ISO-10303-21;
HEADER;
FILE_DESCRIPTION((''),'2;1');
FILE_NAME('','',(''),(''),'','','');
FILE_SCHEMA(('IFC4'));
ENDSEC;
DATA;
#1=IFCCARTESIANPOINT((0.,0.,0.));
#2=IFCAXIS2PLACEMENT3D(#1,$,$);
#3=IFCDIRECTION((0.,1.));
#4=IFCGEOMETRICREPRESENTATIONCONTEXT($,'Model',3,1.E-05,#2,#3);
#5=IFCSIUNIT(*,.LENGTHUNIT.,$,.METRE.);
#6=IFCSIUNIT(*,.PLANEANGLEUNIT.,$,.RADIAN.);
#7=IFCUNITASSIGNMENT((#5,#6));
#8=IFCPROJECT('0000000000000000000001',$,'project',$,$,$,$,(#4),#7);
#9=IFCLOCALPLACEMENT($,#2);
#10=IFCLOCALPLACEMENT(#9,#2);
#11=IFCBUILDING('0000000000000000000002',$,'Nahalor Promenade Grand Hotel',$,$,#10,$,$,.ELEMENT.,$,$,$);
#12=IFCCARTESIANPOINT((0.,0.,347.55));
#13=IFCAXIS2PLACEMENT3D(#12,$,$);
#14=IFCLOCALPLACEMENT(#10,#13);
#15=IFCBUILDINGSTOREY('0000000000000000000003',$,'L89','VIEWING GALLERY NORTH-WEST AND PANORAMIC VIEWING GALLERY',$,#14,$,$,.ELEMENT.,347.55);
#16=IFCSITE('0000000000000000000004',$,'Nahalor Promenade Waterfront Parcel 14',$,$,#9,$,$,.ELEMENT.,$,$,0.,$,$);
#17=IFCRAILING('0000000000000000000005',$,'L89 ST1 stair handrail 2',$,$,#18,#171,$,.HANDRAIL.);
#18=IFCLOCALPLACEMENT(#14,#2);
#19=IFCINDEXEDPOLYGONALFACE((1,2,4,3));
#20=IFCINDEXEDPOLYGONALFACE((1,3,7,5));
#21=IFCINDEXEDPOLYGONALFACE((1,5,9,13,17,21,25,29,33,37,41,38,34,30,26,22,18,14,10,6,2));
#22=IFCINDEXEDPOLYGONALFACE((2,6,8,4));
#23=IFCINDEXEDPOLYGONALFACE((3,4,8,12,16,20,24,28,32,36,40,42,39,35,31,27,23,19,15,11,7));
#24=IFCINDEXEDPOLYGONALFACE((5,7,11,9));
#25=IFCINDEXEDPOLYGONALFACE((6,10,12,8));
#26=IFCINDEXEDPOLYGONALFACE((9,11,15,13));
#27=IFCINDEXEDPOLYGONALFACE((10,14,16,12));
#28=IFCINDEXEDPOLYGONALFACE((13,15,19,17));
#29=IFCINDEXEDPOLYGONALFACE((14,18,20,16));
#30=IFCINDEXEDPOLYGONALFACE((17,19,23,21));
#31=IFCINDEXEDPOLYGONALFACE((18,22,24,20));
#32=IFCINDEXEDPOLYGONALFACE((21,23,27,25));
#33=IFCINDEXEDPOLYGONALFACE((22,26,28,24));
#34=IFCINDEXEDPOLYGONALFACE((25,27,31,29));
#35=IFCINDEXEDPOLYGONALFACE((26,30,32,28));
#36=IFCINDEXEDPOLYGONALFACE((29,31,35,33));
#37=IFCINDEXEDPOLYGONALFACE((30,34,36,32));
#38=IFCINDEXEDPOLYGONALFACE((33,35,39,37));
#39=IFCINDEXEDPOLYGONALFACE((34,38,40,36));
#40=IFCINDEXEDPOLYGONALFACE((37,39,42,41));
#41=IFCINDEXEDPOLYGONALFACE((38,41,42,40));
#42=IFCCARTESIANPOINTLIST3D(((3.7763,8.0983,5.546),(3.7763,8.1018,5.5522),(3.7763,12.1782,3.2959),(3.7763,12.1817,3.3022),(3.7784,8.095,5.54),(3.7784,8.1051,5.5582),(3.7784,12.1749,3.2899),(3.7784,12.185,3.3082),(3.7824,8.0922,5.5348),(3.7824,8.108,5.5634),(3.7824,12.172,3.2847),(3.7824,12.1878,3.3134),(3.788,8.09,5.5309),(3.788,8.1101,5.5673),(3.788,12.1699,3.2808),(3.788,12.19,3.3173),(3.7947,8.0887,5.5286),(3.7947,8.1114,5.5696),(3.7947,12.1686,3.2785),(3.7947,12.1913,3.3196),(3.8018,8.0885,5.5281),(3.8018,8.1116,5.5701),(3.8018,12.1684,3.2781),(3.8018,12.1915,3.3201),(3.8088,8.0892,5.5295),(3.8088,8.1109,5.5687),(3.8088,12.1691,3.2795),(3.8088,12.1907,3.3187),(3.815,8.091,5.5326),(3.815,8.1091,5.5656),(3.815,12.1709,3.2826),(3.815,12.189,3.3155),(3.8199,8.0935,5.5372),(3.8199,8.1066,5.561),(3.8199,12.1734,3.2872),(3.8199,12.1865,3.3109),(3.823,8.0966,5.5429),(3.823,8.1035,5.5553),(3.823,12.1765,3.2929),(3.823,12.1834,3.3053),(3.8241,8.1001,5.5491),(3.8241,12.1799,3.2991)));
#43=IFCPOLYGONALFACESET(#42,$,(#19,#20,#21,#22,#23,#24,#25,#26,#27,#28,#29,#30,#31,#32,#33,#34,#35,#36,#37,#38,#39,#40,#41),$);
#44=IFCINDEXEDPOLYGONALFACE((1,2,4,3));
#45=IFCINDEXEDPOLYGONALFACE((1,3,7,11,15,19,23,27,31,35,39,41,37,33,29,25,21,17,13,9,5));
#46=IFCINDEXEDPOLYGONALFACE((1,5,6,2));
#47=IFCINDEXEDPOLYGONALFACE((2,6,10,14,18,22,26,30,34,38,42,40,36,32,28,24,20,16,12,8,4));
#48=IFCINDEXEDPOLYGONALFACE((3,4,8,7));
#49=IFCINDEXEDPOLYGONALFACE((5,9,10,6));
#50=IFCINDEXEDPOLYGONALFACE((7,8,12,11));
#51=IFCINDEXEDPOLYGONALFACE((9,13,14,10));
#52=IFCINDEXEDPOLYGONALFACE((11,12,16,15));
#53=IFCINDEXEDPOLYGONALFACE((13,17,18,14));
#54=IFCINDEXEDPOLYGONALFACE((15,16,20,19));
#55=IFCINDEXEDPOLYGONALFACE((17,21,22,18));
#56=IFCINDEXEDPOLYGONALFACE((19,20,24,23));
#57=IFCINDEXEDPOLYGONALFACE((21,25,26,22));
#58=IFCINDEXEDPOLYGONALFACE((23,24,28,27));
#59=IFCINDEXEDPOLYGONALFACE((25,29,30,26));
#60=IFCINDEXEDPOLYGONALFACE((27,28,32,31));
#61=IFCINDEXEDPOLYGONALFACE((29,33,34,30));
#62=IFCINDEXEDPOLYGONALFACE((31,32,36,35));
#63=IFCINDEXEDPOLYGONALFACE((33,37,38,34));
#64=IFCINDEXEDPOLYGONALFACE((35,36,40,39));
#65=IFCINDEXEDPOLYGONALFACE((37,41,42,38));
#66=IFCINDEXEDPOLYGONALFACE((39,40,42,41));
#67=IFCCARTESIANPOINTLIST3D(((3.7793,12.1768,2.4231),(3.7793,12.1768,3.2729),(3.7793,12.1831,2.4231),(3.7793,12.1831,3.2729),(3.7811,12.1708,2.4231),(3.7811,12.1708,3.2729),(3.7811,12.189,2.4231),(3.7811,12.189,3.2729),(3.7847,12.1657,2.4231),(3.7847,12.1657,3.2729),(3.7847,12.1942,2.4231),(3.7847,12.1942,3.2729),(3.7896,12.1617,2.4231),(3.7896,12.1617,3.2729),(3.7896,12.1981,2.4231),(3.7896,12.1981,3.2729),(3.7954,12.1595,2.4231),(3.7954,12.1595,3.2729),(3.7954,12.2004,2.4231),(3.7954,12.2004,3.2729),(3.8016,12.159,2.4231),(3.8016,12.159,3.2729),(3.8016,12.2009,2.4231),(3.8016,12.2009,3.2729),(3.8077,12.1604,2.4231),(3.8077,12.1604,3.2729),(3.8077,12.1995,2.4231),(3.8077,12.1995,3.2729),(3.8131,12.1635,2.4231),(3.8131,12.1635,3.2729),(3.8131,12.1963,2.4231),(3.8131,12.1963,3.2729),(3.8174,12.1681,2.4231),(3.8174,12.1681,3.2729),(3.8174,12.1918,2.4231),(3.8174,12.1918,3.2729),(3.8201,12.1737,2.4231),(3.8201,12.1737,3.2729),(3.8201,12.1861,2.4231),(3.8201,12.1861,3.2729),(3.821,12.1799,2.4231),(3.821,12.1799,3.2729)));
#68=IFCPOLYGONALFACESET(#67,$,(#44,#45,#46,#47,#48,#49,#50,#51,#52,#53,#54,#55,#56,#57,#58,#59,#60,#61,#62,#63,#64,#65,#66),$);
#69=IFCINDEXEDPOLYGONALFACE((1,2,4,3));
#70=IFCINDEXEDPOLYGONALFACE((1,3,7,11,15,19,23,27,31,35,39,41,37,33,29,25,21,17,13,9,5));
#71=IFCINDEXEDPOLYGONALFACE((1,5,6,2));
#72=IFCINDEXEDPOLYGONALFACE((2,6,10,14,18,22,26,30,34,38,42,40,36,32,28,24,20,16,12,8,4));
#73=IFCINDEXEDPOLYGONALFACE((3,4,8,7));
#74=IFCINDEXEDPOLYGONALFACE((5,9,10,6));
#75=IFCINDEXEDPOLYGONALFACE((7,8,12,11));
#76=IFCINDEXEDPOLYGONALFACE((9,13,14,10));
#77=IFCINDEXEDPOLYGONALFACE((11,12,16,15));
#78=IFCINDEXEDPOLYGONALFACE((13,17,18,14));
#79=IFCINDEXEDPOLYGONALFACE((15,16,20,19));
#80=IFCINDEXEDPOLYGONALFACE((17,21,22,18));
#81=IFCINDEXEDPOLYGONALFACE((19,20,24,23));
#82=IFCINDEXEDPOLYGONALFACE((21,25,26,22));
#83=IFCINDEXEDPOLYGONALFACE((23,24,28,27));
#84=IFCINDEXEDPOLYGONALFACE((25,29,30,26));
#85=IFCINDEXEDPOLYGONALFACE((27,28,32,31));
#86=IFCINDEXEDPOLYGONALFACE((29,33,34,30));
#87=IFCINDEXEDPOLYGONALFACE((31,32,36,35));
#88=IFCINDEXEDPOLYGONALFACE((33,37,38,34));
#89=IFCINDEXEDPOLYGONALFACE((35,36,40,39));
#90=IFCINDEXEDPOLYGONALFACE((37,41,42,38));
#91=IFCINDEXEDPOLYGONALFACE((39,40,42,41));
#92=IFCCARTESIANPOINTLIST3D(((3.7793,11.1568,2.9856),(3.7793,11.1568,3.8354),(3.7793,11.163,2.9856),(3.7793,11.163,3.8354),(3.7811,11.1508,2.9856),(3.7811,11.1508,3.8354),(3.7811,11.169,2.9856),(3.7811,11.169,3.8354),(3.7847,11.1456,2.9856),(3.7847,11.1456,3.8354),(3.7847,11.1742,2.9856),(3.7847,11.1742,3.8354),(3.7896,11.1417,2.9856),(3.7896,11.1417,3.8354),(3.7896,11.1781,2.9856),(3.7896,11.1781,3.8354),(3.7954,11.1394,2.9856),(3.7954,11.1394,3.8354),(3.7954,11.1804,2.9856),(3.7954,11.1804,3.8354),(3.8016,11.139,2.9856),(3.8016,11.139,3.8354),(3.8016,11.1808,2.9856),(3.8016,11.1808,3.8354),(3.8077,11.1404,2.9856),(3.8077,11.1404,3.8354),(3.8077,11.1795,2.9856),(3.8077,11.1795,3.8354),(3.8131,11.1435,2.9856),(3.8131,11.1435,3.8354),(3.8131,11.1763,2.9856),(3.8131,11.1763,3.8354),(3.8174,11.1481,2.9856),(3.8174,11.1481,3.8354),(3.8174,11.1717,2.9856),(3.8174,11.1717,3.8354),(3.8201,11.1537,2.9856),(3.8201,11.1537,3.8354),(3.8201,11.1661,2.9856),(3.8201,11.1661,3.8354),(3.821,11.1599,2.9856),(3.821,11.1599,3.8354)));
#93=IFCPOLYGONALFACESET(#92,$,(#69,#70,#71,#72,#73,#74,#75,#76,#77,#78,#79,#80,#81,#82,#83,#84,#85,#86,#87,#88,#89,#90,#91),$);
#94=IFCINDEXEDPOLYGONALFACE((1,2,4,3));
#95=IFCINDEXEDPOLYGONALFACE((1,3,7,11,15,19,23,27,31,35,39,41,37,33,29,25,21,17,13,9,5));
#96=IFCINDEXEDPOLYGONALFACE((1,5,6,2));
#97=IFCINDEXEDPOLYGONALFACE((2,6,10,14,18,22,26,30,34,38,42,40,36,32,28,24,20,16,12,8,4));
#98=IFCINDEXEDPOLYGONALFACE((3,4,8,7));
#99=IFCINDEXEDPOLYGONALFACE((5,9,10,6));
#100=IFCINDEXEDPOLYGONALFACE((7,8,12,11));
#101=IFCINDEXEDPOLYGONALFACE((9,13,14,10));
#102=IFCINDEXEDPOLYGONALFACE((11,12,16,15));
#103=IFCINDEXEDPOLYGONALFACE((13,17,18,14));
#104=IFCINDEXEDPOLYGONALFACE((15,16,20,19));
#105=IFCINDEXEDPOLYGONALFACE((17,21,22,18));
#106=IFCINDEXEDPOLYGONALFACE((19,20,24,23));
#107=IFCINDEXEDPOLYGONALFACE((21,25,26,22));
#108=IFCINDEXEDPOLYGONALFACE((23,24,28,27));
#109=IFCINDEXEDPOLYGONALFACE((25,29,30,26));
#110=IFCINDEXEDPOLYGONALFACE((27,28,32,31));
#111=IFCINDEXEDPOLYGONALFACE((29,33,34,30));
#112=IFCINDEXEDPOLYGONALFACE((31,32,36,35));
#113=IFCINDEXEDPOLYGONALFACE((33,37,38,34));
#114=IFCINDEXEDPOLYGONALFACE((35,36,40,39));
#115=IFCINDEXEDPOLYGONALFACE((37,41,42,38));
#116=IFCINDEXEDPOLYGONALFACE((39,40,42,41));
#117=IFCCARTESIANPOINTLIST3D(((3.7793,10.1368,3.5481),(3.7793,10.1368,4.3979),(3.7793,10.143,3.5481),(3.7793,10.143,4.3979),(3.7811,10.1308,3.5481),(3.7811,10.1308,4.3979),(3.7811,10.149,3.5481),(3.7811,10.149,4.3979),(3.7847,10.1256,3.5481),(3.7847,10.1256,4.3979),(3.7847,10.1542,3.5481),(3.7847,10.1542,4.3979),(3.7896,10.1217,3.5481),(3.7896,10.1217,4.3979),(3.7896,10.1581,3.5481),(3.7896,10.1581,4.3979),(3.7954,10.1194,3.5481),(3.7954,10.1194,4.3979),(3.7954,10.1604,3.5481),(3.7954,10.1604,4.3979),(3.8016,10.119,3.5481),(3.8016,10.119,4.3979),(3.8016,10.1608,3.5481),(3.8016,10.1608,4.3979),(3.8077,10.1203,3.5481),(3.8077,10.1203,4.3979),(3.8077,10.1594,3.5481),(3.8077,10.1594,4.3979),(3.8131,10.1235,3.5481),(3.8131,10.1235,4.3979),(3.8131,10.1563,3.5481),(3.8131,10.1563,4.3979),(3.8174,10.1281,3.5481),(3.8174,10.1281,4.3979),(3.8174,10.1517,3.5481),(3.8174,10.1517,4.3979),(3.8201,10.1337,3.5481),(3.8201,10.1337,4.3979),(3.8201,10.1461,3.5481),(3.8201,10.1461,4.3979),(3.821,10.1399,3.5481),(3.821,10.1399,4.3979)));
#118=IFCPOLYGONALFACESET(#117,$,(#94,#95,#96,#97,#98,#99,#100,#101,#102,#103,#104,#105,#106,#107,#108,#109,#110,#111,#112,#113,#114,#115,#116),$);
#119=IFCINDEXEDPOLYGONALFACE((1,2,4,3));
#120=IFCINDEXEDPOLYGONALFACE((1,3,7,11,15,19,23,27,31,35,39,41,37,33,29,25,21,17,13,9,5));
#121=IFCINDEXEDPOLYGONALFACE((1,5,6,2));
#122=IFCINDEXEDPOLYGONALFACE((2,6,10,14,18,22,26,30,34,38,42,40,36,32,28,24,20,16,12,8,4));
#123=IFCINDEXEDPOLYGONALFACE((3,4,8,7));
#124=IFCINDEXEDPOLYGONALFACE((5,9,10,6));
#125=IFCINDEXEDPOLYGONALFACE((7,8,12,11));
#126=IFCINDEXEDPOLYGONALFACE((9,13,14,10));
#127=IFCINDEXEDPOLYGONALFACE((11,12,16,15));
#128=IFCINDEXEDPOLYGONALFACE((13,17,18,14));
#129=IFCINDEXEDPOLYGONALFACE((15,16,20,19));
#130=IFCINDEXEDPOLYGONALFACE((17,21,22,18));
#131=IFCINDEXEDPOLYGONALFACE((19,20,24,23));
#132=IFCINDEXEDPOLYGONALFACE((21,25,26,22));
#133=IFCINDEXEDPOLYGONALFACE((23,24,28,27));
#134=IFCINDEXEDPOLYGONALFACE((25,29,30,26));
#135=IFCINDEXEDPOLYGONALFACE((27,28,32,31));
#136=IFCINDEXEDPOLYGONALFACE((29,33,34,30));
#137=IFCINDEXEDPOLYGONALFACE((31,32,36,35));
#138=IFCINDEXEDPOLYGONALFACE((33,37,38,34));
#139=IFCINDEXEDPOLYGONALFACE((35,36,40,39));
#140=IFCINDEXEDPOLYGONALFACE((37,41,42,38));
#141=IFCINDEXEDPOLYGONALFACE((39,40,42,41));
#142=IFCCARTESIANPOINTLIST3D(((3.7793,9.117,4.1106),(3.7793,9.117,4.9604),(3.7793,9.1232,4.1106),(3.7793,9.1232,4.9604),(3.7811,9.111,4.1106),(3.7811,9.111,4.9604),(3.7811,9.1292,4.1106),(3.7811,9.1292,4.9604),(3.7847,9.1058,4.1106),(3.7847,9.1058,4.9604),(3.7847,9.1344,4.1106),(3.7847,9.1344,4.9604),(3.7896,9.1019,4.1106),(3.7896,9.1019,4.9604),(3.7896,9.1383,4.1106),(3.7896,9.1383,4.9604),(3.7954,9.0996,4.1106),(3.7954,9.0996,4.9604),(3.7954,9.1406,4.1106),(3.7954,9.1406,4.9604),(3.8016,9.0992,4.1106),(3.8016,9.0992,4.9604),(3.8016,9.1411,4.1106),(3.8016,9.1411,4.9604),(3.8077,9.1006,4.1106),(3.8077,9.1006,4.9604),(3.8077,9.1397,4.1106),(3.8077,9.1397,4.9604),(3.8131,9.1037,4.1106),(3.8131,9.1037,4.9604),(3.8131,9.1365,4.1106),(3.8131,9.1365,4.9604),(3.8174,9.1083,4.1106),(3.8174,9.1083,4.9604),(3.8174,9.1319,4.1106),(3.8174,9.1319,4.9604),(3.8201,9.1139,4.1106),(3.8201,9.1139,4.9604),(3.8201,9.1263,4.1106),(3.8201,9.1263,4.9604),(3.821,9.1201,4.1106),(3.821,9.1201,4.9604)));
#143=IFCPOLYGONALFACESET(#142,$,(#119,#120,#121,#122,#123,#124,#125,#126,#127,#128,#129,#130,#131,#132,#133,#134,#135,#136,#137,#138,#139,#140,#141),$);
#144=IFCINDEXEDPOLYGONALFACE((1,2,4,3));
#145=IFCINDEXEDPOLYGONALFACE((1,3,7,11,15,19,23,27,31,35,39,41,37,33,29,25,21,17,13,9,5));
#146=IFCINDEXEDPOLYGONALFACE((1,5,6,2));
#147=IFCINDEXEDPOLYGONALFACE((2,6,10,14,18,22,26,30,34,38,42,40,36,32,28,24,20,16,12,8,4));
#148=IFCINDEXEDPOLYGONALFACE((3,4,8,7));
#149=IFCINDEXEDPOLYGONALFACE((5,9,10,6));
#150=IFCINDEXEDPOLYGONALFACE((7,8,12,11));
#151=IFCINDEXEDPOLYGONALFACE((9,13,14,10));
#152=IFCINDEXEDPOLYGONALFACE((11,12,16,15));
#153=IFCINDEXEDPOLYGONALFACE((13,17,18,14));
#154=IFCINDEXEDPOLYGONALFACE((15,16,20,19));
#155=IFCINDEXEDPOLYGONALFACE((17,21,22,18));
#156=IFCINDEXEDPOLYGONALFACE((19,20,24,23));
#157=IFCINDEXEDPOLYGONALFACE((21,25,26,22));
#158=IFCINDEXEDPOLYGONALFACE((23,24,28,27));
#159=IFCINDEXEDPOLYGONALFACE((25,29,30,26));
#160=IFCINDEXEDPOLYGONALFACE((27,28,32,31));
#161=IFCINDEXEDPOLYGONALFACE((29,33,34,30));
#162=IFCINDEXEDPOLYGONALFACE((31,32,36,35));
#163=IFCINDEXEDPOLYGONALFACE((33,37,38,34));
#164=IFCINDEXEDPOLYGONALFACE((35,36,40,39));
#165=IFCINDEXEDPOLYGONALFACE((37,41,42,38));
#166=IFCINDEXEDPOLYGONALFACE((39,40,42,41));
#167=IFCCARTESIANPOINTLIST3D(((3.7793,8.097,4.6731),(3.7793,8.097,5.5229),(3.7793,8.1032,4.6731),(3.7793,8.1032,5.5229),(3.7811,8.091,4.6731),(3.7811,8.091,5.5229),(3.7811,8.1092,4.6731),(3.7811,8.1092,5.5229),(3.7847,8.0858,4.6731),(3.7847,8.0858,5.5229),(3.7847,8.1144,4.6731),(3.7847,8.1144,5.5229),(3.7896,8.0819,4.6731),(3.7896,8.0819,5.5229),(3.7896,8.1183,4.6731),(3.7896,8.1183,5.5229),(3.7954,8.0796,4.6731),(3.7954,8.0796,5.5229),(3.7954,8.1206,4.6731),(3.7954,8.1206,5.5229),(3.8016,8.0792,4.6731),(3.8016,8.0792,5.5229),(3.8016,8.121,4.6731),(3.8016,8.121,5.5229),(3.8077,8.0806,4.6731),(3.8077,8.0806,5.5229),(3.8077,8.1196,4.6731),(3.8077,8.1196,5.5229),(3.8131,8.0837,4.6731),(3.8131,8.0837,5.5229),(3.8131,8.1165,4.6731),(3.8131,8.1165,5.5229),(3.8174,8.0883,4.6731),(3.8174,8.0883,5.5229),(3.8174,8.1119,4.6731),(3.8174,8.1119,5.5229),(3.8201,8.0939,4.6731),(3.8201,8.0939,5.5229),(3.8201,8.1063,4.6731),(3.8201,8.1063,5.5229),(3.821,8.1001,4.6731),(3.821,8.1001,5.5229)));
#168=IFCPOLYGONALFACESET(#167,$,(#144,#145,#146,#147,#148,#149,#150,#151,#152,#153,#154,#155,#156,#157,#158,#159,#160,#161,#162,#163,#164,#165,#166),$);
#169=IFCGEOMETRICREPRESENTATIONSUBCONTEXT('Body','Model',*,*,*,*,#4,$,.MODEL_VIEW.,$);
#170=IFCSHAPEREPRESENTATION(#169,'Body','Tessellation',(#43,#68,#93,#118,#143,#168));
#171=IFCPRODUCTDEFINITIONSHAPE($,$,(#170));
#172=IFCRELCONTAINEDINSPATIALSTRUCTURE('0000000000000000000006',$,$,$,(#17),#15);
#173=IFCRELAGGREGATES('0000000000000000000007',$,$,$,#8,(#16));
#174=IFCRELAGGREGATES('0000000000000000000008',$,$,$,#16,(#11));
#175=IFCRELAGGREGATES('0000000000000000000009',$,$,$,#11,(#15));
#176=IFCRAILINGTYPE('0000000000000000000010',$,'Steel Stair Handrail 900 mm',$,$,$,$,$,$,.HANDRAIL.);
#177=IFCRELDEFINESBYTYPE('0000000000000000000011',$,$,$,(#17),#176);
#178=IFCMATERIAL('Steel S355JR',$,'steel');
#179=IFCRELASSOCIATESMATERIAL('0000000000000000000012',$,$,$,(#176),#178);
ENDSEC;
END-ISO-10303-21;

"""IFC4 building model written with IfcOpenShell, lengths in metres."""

from ifc_helpers import new_model, si_unit, direction, frame, origin, origin_2d, place, context, subcontext, project, spatial, circle, extrude, material, type_object, element, save


model = new_model("IFC4")

# Units and contexts
model_context = context("Model", 3, precision=1e-05, world=origin(), true_north=direction((0.0, 1.0)))
body_context = subcontext(model_context, "Body", "Model", "MODEL_VIEW")
ifc_project = project(units=[si_unit("LENGTHUNIT", "METRE"), si_unit("PLANEANGLEUNIT", "RADIAN")], contexts=[model_context])

# Site, building, storey
site_placement = place(None, origin())
site = spatial("IfcSite", under=ifc_project, at=site_placement, Name="Nahalor Promenade Waterfront Parcel 14", CompositionType="ELEMENT", RefElevation=0.0)
building_placement = place(site_placement, origin())
building = spatial("IfcBuilding", under=site, at=building_placement, Name="Nahalor Promenade Grand Hotel", CompositionType="ELEMENT")
storey_placement = place(building_placement, frame((0.0, 0.0, 347.55)))
storey = spatial("IfcBuildingStorey", under=building, at=storey_placement, Name="L89", Description="VIEWING GALLERY NORTH-WEST AND PANORAMIC VIEWING GALLERY", CompositionType="ELEMENT", Elevation=347.55)

# Shared definitions
ifc_material_1 = material(Name="Steel S355JR", Category="steel")

# Railing
railing_type_1 = type_object("IfcRailingType", Name="Steel Stair Handrail 900 mm", PredefinedType="HANDRAIL", material=ifc_material_1)
railing_1_placement = place(storey_placement, frame((3.8, 12.1799, 2.4231)))
element("IfcRailing", 1, at=railing_1_placement, inside=storey, type_object=railing_type_1, Name="L89 ST1 stair handrail 2", PredefinedType="HANDRAIL", context=body_context, shape_type="SweptSolid", body=[
    extrude(circle(Radius=0.024, at=origin_2d()), frame((0.0, 0.0, 0.876), z_axis=(0.0, -0.875663, 0.482922), x_axis=(1.0, 0.0, 0.0)), (0.0, 0.0, 1.0), 4.6592),
    extrude(circle(Radius=0.021, at=origin_2d()), origin(), (0.0, 0.0, 1.0), 0.8499),
    extrude(circle(Radius=0.021, at=origin_2d()), frame((0.0, -1.02, 0.5625)), (0.0, 0.0, 1.0), 0.8499),
    extrude(circle(Radius=0.021, at=origin_2d()), frame((0.0, -2.04, 1.125)), (0.0, 0.0, 1.0), 0.8499),
    extrude(circle(Radius=0.021, at=origin_2d()), frame((0.0, -3.0598, 1.6875)), (0.0, 0.0, 1.0), 0.8499),
    extrude(circle(Radius=0.021, at=origin_2d()), frame((0.0, -4.0798, 2.25)), (0.0, 0.0, 1.0), 0.8499),
])

save(model, "model.ifc")
